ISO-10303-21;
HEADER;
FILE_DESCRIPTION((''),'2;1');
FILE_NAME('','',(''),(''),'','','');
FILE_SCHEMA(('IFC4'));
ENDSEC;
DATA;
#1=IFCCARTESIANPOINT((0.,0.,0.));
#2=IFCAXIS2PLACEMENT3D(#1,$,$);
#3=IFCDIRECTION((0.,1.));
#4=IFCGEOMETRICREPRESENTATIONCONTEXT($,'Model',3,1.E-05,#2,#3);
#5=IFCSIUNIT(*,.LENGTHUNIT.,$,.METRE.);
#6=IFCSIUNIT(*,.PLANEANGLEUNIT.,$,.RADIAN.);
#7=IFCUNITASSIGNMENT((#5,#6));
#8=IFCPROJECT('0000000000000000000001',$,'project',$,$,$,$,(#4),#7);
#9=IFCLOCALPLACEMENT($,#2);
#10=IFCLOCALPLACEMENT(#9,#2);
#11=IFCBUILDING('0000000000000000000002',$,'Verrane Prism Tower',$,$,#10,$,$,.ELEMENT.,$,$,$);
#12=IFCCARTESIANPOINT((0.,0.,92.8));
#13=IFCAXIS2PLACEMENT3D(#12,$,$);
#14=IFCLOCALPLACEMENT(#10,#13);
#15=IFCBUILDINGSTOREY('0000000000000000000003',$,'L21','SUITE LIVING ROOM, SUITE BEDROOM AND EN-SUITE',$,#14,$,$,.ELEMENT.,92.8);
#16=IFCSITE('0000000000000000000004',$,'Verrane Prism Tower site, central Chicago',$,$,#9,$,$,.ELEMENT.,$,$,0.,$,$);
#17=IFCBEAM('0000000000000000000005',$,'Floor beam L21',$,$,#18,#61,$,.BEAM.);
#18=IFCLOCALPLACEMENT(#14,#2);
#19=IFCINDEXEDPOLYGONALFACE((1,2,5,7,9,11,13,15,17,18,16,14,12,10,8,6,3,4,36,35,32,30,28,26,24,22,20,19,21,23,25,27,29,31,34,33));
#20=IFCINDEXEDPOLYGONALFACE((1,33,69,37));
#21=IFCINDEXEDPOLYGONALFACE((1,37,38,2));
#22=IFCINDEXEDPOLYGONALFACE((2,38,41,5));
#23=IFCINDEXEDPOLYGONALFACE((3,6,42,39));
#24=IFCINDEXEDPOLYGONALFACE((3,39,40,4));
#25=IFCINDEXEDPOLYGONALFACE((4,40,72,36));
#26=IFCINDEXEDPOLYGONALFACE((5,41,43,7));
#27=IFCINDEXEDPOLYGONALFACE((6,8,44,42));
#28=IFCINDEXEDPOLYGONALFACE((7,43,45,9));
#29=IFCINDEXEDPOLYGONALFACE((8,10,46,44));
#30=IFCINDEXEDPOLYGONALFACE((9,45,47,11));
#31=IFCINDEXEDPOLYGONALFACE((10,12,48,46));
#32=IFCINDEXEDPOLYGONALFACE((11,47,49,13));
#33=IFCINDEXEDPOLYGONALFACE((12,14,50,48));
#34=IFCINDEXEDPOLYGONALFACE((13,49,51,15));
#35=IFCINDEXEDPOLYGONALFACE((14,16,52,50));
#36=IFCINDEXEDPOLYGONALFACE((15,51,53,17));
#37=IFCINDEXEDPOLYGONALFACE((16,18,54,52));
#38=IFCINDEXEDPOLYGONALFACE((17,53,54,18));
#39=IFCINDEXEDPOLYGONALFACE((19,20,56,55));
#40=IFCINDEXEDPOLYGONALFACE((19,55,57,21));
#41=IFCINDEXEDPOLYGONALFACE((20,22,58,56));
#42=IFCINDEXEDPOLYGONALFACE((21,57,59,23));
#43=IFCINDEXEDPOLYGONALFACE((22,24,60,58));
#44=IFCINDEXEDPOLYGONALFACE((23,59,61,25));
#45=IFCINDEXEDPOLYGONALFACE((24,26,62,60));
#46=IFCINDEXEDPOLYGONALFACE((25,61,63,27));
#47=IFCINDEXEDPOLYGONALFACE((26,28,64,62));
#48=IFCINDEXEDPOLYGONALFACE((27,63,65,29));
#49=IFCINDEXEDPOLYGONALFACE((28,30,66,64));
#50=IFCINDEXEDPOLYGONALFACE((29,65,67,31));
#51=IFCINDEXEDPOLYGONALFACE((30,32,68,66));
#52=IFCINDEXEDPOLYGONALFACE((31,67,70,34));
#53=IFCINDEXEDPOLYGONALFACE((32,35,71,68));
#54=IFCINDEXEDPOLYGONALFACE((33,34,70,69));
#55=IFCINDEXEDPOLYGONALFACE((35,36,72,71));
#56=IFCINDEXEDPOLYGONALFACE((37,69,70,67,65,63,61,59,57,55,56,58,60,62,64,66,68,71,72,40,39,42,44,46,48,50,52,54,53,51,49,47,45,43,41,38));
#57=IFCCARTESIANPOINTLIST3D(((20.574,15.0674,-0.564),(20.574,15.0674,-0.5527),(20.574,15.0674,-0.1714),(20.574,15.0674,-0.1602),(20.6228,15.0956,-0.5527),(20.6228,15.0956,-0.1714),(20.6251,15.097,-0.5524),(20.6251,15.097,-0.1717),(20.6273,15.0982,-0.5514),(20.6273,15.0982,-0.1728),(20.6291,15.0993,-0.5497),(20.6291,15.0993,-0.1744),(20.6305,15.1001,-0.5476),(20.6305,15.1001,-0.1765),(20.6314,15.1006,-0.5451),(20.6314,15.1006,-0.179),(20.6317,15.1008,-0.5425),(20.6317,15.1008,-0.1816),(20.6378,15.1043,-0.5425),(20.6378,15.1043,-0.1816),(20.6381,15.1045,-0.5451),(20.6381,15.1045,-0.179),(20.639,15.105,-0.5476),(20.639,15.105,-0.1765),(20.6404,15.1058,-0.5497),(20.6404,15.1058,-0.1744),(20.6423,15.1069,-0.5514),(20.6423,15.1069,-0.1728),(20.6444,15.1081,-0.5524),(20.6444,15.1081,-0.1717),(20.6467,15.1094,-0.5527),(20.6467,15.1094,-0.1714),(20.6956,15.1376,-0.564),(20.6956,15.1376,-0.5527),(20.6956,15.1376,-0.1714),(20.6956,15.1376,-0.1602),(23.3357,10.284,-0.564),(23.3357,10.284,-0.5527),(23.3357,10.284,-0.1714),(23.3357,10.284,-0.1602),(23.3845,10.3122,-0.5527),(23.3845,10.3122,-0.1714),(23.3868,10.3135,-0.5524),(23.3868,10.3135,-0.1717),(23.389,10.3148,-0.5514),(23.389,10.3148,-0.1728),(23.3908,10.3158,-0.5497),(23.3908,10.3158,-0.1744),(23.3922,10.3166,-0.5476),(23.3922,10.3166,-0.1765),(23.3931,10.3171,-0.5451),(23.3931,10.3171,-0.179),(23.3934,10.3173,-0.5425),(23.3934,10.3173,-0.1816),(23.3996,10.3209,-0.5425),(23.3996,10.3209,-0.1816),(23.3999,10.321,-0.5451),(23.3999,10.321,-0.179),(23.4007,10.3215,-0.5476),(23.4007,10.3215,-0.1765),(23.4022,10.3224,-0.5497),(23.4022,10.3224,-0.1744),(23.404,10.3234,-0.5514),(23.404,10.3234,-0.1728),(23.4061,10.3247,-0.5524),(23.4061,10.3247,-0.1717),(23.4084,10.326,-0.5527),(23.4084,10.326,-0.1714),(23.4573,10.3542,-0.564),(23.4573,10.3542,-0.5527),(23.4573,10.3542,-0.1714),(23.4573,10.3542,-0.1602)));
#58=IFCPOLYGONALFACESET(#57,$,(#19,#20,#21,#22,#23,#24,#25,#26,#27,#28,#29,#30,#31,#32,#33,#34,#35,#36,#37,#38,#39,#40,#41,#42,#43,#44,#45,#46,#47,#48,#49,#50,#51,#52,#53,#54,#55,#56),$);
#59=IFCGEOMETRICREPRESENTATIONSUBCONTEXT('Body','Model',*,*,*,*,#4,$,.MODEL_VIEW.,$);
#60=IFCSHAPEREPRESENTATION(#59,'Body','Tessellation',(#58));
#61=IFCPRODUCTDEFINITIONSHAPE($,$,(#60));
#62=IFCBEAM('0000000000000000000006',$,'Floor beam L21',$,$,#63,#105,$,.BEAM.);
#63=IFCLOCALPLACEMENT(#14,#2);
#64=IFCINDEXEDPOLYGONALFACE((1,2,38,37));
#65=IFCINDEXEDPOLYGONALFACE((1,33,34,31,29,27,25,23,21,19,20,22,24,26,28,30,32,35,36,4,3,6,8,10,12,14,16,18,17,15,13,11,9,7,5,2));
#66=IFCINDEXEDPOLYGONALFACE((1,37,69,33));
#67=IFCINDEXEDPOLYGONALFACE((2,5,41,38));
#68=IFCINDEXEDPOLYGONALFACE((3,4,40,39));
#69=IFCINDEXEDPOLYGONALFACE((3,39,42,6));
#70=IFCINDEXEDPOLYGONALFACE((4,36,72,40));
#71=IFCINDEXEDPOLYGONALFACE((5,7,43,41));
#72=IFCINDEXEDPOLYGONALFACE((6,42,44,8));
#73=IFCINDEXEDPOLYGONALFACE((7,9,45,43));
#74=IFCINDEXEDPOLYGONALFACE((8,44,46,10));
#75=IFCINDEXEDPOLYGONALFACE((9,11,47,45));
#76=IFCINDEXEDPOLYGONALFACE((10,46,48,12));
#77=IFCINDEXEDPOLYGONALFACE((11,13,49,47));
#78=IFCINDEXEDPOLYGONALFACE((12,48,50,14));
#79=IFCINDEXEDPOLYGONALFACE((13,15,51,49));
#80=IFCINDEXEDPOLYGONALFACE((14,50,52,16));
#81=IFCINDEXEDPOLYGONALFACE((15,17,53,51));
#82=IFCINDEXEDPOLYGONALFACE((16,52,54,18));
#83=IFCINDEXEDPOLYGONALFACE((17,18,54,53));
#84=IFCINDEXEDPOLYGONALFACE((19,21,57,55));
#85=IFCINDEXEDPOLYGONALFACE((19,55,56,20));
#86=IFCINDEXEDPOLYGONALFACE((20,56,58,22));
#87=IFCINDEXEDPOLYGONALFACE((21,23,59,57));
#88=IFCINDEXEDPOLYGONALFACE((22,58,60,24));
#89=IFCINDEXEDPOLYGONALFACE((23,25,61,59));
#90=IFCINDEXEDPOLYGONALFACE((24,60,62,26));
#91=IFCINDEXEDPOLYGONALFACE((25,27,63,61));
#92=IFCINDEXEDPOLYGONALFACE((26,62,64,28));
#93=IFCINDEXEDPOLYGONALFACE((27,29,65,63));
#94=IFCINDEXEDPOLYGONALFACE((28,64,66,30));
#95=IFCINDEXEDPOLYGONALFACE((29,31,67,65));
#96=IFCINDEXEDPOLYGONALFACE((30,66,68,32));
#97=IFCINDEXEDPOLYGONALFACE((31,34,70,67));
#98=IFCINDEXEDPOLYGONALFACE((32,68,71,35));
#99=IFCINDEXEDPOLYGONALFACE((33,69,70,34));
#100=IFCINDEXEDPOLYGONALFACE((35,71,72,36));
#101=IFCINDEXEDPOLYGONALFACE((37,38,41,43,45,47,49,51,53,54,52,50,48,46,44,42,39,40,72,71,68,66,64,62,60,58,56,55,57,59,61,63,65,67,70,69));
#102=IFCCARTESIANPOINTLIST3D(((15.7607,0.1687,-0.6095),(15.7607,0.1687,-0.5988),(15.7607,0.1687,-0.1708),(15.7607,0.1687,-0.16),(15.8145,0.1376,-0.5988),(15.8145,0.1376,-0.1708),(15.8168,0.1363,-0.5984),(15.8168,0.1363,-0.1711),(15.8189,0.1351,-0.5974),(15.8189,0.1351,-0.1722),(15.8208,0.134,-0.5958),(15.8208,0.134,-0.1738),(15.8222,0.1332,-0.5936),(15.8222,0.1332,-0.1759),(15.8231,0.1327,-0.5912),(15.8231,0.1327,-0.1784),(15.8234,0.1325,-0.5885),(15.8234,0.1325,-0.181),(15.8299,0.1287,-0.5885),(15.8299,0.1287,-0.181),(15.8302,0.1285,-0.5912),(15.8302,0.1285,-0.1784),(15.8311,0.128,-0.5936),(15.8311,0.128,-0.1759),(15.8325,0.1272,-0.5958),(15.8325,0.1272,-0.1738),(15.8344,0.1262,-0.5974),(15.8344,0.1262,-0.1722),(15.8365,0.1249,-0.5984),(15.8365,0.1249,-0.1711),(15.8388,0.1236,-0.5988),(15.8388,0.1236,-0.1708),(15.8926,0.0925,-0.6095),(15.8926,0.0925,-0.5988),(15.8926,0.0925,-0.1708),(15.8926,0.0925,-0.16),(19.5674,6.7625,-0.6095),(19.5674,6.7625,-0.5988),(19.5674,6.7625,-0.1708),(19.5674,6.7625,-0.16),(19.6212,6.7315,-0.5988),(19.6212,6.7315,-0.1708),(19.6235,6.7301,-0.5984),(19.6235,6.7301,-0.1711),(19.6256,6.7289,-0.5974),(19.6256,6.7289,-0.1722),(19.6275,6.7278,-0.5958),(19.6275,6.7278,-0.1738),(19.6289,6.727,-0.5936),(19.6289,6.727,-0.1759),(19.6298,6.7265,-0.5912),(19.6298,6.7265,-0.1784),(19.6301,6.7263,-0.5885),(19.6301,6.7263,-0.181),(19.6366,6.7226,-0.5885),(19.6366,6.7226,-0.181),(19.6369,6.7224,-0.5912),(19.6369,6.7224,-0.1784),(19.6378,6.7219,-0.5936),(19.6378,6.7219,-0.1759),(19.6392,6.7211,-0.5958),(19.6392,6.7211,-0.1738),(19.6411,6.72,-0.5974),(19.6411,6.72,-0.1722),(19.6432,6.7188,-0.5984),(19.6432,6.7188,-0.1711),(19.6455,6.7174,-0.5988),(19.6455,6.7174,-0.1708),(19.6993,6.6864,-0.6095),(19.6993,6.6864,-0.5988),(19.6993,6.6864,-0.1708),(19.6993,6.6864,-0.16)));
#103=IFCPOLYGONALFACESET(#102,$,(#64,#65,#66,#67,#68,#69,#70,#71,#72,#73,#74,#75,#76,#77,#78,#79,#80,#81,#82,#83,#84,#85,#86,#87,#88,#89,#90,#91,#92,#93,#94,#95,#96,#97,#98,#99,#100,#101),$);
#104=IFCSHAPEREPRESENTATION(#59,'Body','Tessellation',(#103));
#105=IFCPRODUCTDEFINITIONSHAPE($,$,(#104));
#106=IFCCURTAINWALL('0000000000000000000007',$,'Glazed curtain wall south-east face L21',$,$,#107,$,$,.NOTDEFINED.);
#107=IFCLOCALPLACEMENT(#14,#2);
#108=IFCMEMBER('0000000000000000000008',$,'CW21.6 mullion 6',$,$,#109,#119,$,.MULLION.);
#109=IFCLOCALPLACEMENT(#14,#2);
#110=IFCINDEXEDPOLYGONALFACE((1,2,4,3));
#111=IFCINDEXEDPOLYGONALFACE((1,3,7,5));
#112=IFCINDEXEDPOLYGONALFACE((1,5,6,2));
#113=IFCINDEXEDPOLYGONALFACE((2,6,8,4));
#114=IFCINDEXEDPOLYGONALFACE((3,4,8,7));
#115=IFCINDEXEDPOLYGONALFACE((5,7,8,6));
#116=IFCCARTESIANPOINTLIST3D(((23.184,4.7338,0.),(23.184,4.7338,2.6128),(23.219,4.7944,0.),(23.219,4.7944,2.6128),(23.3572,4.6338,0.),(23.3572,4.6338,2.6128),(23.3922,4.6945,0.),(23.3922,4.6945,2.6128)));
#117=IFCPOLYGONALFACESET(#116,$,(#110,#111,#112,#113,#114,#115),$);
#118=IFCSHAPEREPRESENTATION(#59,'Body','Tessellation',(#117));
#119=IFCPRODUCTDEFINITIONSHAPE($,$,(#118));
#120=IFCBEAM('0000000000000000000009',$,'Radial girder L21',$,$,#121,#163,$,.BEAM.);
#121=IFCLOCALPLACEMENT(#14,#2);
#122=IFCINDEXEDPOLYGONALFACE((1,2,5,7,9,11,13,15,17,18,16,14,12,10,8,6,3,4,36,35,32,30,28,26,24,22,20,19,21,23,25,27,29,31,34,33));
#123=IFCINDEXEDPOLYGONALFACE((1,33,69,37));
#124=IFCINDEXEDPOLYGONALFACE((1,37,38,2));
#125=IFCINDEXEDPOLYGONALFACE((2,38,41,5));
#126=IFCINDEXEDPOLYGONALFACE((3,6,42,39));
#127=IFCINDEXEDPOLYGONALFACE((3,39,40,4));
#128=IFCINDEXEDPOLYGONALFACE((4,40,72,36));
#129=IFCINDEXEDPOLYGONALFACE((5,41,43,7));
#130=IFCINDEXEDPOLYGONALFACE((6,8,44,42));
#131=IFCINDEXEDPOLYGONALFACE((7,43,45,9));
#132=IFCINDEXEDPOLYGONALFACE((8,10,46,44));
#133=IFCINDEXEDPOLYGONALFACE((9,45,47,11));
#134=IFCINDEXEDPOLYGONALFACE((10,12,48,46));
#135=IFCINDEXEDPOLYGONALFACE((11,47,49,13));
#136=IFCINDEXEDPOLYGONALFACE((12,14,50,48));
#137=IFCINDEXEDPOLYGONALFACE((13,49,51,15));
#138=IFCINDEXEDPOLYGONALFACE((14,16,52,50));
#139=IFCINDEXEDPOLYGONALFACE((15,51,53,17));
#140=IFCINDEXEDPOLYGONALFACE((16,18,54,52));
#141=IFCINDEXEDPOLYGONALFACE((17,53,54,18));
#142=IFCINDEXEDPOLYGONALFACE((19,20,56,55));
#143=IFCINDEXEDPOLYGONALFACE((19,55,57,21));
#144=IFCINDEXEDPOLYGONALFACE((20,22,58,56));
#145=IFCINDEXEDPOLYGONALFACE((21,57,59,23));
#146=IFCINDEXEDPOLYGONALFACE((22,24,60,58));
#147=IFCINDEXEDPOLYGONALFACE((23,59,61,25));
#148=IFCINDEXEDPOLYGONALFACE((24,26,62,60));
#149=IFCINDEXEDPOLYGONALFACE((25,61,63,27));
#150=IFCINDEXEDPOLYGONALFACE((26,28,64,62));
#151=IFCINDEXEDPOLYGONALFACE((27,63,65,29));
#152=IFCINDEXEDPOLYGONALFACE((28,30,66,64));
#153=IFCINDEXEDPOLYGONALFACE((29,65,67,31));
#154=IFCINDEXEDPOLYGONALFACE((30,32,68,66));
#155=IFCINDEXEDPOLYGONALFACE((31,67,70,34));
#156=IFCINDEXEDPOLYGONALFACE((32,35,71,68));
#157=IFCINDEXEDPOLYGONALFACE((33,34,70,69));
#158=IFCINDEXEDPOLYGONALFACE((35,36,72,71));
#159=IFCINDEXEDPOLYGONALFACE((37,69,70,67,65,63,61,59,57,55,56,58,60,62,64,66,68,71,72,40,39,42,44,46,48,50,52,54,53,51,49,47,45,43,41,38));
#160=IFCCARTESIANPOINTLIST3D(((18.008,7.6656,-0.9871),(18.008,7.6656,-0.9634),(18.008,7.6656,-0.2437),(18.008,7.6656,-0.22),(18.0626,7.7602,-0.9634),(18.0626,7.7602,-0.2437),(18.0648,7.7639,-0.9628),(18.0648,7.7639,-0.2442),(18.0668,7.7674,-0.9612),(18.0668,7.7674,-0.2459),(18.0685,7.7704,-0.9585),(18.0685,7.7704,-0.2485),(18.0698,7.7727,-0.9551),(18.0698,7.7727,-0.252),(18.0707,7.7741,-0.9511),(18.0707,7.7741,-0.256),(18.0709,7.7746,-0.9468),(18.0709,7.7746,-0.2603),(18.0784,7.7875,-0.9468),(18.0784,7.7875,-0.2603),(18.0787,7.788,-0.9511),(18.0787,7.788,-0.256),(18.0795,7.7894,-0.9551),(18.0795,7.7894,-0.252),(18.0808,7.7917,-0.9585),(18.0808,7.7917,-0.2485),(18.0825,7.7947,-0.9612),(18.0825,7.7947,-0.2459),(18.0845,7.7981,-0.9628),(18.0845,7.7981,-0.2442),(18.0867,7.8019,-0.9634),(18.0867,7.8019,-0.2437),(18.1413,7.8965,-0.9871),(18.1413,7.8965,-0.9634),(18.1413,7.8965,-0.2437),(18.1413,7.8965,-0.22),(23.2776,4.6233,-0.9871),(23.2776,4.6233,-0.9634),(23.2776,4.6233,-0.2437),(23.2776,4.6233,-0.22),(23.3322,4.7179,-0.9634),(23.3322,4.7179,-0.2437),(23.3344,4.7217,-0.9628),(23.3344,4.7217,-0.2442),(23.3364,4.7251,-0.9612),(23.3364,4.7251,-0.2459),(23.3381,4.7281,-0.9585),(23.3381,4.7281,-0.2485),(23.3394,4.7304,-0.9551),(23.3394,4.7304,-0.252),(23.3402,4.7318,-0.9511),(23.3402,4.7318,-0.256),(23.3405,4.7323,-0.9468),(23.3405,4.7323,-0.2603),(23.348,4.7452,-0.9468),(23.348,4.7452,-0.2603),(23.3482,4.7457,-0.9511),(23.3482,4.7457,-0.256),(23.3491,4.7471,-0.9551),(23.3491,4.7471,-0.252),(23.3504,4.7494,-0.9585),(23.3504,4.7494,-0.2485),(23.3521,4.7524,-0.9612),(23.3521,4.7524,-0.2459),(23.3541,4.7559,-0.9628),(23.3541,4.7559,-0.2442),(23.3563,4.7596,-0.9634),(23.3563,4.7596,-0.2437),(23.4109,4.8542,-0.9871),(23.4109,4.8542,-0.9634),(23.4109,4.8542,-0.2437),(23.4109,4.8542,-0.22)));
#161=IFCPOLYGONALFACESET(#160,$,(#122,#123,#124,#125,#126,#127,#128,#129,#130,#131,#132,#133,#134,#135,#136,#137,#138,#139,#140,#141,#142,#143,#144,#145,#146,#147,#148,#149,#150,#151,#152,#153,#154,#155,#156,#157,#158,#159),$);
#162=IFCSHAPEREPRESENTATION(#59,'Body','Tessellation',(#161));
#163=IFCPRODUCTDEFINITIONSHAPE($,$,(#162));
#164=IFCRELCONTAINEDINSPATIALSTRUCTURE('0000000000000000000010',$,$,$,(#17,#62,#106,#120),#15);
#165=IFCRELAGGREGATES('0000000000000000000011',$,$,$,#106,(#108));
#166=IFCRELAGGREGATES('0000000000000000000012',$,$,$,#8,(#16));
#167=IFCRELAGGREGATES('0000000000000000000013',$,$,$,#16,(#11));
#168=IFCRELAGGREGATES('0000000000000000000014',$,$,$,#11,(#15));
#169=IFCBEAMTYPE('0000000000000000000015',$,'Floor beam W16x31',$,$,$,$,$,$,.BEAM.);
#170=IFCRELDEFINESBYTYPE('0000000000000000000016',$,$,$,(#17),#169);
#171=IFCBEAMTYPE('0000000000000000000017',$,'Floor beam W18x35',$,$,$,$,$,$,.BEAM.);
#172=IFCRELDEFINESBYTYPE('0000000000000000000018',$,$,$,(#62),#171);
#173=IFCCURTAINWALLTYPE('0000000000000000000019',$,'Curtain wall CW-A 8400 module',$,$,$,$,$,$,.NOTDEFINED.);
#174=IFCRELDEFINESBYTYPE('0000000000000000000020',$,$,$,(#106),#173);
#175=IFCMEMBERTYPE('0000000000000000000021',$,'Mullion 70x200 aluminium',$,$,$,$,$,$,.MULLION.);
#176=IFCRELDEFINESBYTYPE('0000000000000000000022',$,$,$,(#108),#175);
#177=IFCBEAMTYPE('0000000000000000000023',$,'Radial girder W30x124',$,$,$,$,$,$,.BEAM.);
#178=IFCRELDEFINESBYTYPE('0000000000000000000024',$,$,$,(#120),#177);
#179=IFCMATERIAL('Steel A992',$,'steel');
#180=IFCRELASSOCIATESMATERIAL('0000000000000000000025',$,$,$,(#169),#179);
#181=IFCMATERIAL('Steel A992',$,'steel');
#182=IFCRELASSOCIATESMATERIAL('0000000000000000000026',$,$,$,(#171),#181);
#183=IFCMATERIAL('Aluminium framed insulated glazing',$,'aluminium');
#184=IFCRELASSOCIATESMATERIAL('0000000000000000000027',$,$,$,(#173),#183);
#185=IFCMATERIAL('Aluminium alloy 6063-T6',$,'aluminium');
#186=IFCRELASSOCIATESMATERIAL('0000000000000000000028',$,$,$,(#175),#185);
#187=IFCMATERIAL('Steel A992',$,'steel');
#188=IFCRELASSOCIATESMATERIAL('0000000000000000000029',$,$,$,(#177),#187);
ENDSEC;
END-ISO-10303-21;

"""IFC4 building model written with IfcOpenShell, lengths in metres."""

from ifc_helpers import new_model, si_unit, direction, frame, origin, origin_2d, place, context, subcontext, project, spatial, rectangle, i_section, extrude, material, material_profile, profile_set, type_object, element, aggregate, save


model = new_model("IFC4")

# Units and contexts
model_context = context("Model", 3, precision=1e-05, world=origin(), true_north=direction((0.0, 1.0)))
body_context = subcontext(model_context, "Body", "Model", "MODEL_VIEW")
ifc_project = project(units=[si_unit("LENGTHUNIT", "METRE"), si_unit("PLANEANGLEUNIT", "RADIAN")], contexts=[model_context])

# Site, building, storey
site_placement = place(None, origin())
site = spatial("IfcSite", under=ifc_project, at=site_placement, Name="Verrane Prism Tower site, central Chicago", CompositionType="ELEMENT", RefElevation=0.0)
building_placement = place(site_placement, origin())
building = spatial("IfcBuilding", under=site, at=building_placement, Name="Verrane Prism Tower", CompositionType="ELEMENT")
storey_placement = place(building_placement, frame((0.0, 0.0, 92.8)))
storey = spatial("IfcBuildingStorey", under=building, at=storey_placement, Name="L21", Description="SUITE LIVING ROOM, SUITE BEDROOM AND EN-SUITE", CompositionType="ELEMENT", Elevation=92.8)

# Beams
ifc_material_1 = material(Name="Steel A992", Category="steel")
ifc_material_profile_1 = material_profile(ifc_material_1, i_section(OverallWidth=0.1404, OverallDepth=0.4038, WebThickness=0.0071, FlangeThickness=0.0112, FilletRadius=0.0103, at=origin_2d()), Name="W16x31")
ifc_profile_set_1 = profile_set([ifc_material_profile_1], Name="Steel A992")
beam_type_1 = type_object("IfcBeamType", Name="Floor beam W16x31", PredefinedType="BEAM", material=ifc_profile_set_1)
beam_1_placement = place(storey_placement, frame((23.3965, 10.3191, -0.3621), z_axis=(-0.499999, 0.866026, 0.0), x_axis=(-0.866026, -0.499999, 0.0)))
element("IfcBeam", 1, at=beam_1_placement, inside=storey, type_object=beam_type_1, Name="Floor beam L21", PredefinedType="BEAM", context=body_context, shape_type="SweptSolid", body=[
    extrude(i_section(OverallWidth=0.1404, OverallDepth=0.4038, WebThickness=0.0071, FlangeThickness=0.0112, FilletRadius=0.0103, at=origin_2d()), origin(), (0.0, 0.0, 1.0), 5.5234),
])
ifc_material_2 = material(Name="Steel A992", Category="steel")
ifc_material_profile_2 = material_profile(ifc_material_2, i_section(OverallWidth=0.1523, OverallDepth=0.4495, WebThickness=0.0076, FlangeThickness=0.0107, FilletRadius=0.0103, at=origin_2d()), Name="W18x35")
ifc_profile_set_2 = profile_set([ifc_material_profile_2], Name="Steel A992")
beam_type_2 = type_object("IfcBeamType", Name="Floor beam W18x35", PredefinedType="BEAM", material=ifc_profile_set_2)
beam_2_placement = place(storey_placement, frame((15.8267, 0.1306, -0.3848), z_axis=(0.499974, 0.86604, 0.0), x_axis=(-0.86604, 0.499974, 0.0)))
element("IfcBeam", 2, at=beam_2_placement, inside=storey, type_object=beam_type_2, Name="Floor beam L21", PredefinedType="BEAM", context=body_context, shape_type="SweptSolid", body=[
    extrude(i_section(OverallWidth=0.1523, OverallDepth=0.4495, WebThickness=0.0076, FlangeThickness=0.0107, FilletRadius=0.0103, at=origin_2d()), origin(), (0.0, 0.0, 1.0), 7.6138),
])

# Curtain wall, member
ifc_material_3 = material(Name="Aluminium framed insulated glazing", Category="aluminium")
curtain_wall_type = type_object("IfcCurtainWallType", Name="Curtain wall CW-A 8400 module", PredefinedType="NOTDEFINED", material=ifc_material_3)
curtain_wall_placement = place(storey_placement, origin())
curtain_wall = element("IfcCurtainWall", 3, at=curtain_wall_placement, inside=storey, type_object=curtain_wall_type, Name="Glazed curtain wall south-east face L21", PredefinedType="NOTDEFINED")
ifc_material_4 = material(Name="Aluminium alloy 6063-T6", Category="aluminium")
ifc_material_profile_3 = material_profile(ifc_material_4, rectangle(XDim=0.2, YDim=0.0701, at=origin_2d()), Name="Mullion 70x200 aluminium")
ifc_profile_set_3 = profile_set([ifc_material_profile_3], Name="Aluminium alloy 6063-T6")
member_type_1 = type_object("IfcMemberType", Name="Mullion 70x200 aluminium", PredefinedType="MULLION", material=ifc_profile_set_3)
member_1_placement = place(storey_placement, frame((23.2881, 4.7141, 0.0), z_axis=(0.0, 0.0, 1.0), x_axis=(-0.866026, 0.5, 0.0)))
member_1 = element("IfcMember", 4, at=member_1_placement, type_object=member_type_1, Name="CW21.6 mullion 6", PredefinedType="MULLION", context=body_context, shape_type="SweptSolid", body=[
    extrude(rectangle(XDim=0.2, YDim=0.0701, at=origin_2d()), origin(), (0.0, 0.0, 1.0), 2.6128),
])

# Beam
ifc_material_5 = material(Name="Steel A992", Category="steel")
ifc_material_profile_4 = material_profile(ifc_material_5, i_section(OverallWidth=0.2666, OverallDepth=0.7671, WebThickness=0.0149, FlangeThickness=0.0237, FilletRadius=0.0166, at=origin_2d()), Name="W30x124")
ifc_profile_set_4 = profile_set([ifc_material_profile_4], Name="Steel A992")
beam_type_3 = type_object("IfcBeamType", Name="Radial girder W30x124", PredefinedType="BEAM", material=ifc_profile_set_4)
beam_3_placement = place(storey_placement, frame((23.3442, 4.7388, -0.6035), z_axis=(-0.866035, 0.499984, 0.0), x_axis=(-0.499984, -0.866035, 0.0)))
element("IfcBeam", 5, at=beam_3_placement, inside=storey, type_object=beam_type_3, Name="Radial girder L21", PredefinedType="BEAM", context=body_context, shape_type="SweptSolid", body=[
    extrude(i_section(OverallWidth=0.2666, OverallDepth=0.7671, WebThickness=0.0149, FlangeThickness=0.0237, FilletRadius=0.0166, at=origin_2d()), origin(), (0.0, 0.0, 1.0), 6.0847),
])

aggregate(curtain_wall, [member_1])

save(model, "model.ifc")
